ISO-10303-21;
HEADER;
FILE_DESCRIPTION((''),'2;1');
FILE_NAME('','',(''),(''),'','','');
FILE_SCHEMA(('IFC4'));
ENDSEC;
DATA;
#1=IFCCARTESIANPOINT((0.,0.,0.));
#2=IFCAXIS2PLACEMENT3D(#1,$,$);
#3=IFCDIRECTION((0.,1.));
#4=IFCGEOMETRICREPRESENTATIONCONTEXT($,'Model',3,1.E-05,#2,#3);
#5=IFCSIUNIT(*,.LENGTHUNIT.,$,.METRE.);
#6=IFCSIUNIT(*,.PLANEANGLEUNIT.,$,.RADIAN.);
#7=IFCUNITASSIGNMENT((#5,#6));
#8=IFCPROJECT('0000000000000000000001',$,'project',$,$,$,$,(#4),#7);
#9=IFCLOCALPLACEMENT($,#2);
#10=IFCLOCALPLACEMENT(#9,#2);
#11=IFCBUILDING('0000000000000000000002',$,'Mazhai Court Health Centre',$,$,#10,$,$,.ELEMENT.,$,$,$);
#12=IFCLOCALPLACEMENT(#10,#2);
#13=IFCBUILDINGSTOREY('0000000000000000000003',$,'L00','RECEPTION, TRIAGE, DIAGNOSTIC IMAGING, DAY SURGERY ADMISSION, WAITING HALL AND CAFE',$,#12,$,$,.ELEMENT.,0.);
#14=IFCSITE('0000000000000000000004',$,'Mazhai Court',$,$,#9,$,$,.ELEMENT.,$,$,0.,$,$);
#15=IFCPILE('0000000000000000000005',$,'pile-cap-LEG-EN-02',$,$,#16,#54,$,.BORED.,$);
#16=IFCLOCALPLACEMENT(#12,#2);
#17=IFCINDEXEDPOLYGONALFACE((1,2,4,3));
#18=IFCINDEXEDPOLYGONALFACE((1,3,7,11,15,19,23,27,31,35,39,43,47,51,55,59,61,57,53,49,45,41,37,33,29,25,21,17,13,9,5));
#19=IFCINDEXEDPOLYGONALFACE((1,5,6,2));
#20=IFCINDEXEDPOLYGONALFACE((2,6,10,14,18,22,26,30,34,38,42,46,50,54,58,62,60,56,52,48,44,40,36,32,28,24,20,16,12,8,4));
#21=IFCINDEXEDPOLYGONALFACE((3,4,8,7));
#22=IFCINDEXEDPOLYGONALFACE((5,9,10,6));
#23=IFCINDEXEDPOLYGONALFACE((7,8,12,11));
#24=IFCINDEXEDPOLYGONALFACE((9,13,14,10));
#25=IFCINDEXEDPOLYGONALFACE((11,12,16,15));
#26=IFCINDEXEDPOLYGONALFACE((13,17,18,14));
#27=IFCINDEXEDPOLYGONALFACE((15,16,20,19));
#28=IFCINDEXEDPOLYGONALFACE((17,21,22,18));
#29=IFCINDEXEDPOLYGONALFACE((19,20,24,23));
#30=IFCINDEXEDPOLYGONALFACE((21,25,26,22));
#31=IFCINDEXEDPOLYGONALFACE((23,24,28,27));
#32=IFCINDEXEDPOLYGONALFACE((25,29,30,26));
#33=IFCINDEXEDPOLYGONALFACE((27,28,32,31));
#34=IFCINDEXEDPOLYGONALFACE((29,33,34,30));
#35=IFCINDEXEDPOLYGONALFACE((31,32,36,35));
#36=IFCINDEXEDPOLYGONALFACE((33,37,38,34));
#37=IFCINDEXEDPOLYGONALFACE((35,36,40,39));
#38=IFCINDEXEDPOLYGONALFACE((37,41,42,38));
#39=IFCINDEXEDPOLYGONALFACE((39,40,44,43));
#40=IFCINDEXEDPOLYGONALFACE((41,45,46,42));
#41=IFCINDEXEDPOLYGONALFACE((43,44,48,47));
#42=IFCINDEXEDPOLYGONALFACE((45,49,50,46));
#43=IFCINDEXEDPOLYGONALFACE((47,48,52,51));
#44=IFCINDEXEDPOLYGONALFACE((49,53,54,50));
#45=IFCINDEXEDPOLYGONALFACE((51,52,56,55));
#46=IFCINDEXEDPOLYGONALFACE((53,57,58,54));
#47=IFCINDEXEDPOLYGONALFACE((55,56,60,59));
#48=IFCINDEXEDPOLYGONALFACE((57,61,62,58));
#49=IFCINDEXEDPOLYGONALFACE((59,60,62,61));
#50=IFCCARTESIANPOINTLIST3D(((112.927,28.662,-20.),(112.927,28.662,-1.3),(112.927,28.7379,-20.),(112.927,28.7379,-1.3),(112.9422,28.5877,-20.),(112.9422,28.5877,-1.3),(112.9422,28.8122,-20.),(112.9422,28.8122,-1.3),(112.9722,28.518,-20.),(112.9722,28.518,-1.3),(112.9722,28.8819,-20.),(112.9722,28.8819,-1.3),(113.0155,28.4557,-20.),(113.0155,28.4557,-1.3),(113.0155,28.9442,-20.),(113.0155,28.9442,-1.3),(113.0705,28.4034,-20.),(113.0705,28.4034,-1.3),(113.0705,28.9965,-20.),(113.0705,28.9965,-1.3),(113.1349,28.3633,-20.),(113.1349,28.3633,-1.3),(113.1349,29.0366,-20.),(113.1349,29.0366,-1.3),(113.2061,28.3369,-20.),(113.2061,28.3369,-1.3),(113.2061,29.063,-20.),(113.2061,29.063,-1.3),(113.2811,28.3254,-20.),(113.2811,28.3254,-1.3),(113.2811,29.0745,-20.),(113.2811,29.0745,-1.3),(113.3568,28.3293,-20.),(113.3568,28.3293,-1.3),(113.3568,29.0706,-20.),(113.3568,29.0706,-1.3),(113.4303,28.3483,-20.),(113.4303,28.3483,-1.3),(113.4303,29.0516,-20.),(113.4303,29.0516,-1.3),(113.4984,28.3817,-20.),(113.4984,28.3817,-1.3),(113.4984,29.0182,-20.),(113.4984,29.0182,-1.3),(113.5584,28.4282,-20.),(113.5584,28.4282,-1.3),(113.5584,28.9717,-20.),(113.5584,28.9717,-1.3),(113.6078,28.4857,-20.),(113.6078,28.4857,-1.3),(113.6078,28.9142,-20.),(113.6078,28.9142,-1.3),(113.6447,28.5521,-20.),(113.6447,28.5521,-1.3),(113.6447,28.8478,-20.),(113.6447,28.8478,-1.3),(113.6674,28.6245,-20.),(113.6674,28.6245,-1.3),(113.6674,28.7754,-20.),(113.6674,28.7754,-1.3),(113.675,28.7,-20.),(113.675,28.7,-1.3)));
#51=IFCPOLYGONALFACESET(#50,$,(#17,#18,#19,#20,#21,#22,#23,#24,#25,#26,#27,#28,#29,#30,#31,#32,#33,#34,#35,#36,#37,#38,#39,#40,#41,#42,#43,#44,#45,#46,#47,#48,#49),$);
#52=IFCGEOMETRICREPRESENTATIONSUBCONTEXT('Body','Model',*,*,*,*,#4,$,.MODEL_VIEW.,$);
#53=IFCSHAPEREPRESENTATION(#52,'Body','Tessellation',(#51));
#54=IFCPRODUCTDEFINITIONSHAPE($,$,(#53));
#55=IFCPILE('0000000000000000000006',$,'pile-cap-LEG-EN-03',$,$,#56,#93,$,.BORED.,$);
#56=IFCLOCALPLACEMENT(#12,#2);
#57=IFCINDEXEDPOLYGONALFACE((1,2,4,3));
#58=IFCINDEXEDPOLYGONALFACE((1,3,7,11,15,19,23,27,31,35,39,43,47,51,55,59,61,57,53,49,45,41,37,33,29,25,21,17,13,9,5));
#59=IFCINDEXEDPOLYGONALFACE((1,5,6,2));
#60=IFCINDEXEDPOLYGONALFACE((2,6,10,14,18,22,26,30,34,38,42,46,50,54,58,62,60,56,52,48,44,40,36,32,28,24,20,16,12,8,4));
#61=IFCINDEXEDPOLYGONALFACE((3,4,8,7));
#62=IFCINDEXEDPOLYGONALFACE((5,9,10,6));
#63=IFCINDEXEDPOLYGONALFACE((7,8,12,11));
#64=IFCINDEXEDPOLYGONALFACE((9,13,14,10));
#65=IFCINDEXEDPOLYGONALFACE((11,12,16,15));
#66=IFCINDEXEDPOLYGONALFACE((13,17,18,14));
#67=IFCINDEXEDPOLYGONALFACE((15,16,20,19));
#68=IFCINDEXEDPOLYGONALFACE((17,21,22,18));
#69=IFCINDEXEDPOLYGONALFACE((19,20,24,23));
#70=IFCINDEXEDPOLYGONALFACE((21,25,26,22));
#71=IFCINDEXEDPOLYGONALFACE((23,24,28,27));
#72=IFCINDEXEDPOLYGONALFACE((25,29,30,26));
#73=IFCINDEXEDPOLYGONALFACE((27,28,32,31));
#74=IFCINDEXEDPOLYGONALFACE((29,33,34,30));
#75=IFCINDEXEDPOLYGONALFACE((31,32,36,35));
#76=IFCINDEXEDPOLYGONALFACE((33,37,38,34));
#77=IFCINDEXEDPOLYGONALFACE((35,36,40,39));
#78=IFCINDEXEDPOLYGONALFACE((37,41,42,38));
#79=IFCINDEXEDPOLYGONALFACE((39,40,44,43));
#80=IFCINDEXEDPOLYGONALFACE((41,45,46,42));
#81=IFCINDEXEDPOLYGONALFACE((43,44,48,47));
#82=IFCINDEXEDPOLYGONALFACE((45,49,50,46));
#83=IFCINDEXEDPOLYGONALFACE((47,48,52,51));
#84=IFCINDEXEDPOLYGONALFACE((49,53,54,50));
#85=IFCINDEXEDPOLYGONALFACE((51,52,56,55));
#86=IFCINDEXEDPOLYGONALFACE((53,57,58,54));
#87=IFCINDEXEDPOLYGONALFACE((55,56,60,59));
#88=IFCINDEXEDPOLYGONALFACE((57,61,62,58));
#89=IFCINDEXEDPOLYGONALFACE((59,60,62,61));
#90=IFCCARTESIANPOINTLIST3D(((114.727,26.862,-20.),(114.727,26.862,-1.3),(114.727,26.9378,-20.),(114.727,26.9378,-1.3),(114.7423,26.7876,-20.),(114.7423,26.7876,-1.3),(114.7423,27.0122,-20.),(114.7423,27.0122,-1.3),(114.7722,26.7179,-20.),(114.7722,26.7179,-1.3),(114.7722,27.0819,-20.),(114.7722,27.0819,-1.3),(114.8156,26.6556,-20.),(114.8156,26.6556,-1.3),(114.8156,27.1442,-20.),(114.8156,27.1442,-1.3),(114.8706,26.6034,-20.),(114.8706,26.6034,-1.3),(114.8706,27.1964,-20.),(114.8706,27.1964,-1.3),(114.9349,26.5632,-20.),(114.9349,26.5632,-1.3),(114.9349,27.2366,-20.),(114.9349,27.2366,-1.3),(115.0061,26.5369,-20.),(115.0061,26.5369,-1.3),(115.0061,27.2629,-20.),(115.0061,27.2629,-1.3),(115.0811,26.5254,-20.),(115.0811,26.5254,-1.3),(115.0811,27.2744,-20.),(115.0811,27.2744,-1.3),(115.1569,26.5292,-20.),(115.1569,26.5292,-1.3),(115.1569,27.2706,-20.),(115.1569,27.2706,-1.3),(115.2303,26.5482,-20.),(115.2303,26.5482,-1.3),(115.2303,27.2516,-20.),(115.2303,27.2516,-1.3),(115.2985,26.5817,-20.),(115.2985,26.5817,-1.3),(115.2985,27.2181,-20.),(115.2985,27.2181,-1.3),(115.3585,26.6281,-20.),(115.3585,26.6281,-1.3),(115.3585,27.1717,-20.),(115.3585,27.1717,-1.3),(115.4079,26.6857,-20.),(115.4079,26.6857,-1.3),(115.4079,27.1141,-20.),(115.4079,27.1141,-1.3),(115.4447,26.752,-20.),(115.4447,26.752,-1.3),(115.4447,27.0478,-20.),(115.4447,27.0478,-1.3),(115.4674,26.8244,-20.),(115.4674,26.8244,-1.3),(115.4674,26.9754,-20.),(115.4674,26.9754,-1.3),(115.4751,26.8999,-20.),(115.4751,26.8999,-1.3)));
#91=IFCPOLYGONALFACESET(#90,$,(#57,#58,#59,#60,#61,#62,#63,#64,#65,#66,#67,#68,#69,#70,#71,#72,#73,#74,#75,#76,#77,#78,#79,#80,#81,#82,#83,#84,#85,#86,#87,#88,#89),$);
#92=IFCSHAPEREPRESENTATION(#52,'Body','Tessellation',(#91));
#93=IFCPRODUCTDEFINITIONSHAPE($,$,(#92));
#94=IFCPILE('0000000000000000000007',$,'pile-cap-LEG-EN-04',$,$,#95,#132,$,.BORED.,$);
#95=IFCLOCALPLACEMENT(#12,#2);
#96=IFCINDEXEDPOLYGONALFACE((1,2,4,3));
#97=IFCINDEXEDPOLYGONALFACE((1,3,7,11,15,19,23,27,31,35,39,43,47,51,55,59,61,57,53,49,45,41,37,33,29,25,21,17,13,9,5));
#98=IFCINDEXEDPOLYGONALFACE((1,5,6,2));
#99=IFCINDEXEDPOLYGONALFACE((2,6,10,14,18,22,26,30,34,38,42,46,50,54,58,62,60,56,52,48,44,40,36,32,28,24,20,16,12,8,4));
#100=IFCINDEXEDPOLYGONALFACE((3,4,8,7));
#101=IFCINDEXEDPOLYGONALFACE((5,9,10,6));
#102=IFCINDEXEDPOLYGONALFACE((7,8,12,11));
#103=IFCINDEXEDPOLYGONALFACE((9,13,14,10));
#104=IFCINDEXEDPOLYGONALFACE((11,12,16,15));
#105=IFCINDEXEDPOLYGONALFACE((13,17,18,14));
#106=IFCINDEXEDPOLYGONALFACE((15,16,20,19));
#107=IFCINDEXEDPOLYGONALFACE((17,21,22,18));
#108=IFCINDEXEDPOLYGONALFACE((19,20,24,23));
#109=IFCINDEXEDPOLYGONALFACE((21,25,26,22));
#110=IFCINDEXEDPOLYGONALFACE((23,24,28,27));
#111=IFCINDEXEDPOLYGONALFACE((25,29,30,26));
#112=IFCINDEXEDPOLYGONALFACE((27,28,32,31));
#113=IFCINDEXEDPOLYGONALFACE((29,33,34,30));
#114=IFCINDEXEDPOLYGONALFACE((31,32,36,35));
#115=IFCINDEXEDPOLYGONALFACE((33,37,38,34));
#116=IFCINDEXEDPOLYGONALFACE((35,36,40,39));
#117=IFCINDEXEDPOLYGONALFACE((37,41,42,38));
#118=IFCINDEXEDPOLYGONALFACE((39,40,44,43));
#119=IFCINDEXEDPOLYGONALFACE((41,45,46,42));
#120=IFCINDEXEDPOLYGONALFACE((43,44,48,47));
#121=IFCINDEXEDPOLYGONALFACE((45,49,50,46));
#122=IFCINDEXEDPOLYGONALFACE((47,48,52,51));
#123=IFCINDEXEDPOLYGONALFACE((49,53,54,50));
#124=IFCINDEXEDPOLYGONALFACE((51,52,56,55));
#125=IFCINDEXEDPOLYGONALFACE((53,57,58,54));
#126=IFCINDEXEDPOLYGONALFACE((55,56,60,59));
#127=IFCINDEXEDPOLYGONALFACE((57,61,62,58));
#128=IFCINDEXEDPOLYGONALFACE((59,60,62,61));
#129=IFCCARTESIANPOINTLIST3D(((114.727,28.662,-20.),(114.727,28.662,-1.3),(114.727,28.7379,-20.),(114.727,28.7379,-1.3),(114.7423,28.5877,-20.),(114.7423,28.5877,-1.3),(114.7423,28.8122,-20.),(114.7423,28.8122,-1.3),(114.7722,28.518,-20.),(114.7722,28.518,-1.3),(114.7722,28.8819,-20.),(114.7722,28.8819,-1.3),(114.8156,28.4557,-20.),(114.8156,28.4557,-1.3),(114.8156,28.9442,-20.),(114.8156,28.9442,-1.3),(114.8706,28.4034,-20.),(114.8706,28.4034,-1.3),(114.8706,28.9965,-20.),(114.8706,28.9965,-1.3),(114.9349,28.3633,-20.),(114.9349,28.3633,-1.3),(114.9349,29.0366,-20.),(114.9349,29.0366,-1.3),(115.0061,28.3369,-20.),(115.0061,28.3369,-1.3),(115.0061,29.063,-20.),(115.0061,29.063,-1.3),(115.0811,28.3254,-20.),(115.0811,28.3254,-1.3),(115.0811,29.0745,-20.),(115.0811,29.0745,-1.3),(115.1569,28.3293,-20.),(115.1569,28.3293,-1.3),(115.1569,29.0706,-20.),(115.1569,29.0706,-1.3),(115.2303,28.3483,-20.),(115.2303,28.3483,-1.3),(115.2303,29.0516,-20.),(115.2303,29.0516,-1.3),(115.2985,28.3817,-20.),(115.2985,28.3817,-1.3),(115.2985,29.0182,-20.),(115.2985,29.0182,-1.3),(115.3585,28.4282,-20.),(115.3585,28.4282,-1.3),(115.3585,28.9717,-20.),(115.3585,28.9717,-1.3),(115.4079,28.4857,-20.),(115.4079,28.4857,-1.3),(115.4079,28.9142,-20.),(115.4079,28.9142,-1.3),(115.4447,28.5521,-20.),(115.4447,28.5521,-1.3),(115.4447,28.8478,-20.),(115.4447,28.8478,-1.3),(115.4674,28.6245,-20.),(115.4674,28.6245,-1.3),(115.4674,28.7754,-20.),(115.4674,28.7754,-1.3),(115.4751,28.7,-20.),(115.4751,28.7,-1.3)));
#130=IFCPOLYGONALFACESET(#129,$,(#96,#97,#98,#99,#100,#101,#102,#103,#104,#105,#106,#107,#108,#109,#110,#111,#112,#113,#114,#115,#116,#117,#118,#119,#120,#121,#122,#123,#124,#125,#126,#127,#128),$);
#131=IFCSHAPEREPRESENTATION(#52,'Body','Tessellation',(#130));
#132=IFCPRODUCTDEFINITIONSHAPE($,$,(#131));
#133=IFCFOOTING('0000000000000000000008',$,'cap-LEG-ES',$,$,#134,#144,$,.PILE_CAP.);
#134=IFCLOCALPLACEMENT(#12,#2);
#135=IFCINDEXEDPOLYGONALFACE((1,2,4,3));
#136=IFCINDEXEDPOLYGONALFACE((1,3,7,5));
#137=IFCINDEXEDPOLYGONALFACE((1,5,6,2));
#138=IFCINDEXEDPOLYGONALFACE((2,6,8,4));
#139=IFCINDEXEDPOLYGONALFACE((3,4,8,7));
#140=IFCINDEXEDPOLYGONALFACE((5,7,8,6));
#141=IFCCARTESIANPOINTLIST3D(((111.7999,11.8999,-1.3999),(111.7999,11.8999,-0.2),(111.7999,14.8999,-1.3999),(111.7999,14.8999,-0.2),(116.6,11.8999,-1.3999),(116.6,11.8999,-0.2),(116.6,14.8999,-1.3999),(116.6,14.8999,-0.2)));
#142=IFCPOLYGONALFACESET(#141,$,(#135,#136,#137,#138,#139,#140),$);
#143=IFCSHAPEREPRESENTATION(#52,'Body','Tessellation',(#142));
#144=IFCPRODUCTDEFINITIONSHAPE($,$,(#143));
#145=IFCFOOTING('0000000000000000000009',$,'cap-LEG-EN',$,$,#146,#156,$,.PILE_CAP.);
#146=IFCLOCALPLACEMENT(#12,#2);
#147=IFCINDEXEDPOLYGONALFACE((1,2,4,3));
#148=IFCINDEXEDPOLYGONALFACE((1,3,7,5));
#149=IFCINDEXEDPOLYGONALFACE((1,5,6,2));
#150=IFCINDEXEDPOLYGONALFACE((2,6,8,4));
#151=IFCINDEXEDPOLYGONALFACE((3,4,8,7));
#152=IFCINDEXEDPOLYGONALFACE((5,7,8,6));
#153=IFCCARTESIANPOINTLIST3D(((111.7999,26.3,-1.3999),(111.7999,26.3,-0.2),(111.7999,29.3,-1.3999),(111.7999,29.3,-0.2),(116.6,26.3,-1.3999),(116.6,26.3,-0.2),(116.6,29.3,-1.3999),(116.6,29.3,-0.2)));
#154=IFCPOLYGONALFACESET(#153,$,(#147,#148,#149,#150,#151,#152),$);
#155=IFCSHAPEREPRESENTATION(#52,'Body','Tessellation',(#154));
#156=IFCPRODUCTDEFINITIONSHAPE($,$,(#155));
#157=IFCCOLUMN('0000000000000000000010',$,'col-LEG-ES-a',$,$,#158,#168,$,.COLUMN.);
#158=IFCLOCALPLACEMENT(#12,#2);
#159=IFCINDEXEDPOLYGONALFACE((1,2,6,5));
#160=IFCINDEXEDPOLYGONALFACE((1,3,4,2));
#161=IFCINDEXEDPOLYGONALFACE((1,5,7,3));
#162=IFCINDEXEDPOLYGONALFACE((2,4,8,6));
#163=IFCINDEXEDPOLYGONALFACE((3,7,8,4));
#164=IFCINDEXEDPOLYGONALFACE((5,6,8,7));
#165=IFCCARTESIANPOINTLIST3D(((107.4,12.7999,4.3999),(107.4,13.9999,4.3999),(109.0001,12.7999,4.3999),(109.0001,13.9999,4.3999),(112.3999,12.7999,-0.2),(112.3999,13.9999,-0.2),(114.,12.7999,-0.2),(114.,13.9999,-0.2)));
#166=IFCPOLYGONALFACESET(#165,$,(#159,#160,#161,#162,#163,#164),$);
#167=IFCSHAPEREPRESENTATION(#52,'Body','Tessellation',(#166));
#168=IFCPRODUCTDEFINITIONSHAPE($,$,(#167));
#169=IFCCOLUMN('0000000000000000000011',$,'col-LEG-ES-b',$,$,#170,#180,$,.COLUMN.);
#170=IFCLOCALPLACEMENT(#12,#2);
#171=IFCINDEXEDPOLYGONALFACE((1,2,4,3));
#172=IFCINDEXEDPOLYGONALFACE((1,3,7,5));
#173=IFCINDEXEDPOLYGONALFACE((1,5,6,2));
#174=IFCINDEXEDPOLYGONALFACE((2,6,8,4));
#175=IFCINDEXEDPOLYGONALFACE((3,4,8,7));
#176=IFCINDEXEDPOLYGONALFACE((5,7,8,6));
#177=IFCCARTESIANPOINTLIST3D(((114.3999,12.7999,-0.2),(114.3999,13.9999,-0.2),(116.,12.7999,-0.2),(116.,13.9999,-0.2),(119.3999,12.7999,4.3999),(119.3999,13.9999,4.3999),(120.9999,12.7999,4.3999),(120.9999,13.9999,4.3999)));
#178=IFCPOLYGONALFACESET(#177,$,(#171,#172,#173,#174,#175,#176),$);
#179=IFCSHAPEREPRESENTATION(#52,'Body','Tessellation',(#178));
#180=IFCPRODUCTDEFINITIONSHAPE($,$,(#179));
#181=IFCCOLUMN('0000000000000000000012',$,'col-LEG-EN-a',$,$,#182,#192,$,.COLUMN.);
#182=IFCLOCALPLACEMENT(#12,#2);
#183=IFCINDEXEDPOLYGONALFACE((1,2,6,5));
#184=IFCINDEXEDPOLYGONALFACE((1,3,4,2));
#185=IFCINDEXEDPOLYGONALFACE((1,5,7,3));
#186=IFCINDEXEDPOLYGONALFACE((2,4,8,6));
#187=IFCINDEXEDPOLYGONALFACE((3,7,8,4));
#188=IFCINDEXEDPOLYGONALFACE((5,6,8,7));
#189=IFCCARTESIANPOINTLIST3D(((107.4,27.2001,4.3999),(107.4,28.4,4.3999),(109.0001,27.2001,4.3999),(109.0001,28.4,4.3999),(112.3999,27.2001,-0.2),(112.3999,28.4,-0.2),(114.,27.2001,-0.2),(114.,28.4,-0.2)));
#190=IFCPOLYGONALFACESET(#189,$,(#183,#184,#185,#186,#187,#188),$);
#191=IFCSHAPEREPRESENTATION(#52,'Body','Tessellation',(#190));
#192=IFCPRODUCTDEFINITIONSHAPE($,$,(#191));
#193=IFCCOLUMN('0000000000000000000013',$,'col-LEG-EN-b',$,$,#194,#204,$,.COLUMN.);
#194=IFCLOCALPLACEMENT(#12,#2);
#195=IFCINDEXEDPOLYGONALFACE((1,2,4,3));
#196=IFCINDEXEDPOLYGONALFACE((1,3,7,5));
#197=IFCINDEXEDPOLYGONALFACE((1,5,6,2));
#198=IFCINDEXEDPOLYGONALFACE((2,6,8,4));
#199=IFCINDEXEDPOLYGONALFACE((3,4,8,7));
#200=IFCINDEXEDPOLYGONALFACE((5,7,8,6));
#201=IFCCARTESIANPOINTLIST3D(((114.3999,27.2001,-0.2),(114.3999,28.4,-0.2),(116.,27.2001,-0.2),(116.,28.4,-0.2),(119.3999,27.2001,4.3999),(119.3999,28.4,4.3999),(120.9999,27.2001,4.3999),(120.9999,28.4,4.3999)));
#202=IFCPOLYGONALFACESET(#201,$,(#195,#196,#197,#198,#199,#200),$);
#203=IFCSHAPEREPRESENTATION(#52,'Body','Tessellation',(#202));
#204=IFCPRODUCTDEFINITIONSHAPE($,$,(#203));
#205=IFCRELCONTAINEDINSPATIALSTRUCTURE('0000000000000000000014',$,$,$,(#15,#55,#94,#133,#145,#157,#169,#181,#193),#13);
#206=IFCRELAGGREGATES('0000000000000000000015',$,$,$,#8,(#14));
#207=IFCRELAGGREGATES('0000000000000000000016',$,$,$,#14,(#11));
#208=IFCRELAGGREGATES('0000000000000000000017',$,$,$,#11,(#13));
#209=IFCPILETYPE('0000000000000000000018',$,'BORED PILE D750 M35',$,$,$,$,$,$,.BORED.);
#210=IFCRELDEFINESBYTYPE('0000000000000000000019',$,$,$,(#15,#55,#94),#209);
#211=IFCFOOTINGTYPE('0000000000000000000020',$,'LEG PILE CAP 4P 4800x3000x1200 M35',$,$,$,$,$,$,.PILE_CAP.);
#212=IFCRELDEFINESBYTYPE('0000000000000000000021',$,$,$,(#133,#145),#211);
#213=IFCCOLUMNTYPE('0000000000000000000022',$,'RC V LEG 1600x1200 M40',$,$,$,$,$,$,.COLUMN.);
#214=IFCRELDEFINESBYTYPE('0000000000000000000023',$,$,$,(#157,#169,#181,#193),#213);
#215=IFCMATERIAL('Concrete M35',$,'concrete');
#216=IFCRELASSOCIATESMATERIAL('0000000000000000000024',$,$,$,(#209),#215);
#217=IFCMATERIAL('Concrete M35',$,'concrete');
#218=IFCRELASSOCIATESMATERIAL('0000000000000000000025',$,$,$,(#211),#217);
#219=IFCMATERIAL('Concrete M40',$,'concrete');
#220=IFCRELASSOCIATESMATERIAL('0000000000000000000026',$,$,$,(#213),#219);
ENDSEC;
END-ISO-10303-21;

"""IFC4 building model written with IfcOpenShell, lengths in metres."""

from ifc_helpers import new_model, si_unit, direction, frame, origin, origin_2d, place, context, subcontext, project, spatial, rectangle, circle, extrude, material, material_profile, profile_set, type_object, element, save


model = new_model("IFC4")

# Units and contexts
model_context = context("Model", 3, precision=1e-05, world=origin(), true_north=direction((0.0, 1.0)))
body_context = subcontext(model_context, "Body", "Model", "MODEL_VIEW")
ifc_project = project(units=[si_unit("LENGTHUNIT", "METRE"), si_unit("PLANEANGLEUNIT", "RADIAN")], contexts=[model_context])

# Site, building, storey
site_placement = place(None, origin())
site = spatial("IfcSite", under=ifc_project, at=site_placement, Name="Mazhai Court", CompositionType="ELEMENT", RefElevation=0.0)
building_placement = place(site_placement, origin())
building = spatial("IfcBuilding", under=site, at=building_placement, Name="Mazhai Court Health Centre", CompositionType="ELEMENT")
storey_placement = place(building_placement, origin())
storey = spatial("IfcBuildingStorey", under=building, at=storey_placement, Name="L00", Description="RECEPTION, TRIAGE, DIAGNOSTIC IMAGING, DAY SURGERY ADMISSION, WAITING HALL AND CAFE", CompositionType="ELEMENT", Elevation=0.0)

# Piles
ifc_material_1 = material(Name="Concrete M35", Category="concrete")
ifc_material_profile_1 = material_profile(ifc_material_1, circle(Radius=0.375, at=origin_2d()), Name="RC PILE D750")
ifc_profile_set_1 = profile_set([ifc_material_profile_1], Name="Concrete M35")
pile_type = type_object("IfcPileType", Name="BORED PILE D750 M35", PredefinedType="BORED", material=ifc_profile_set_1)
for number, where, z_axis, x_axis, name in (
    (1, (113.3, 28.7, -1.3), (0.0, 0.0, -1.0), (1.0, 0.0, 0.0), "pile-cap-LEG-EN-02"),
    (2, (115.1001, 26.8999, -1.3), (0.0, 0.0, -1.0), (1.0, 0.0, 0.0), "pile-cap-LEG-EN-03"),
    (3, (115.1001, 28.7, -1.3), (0.0, 0.0, -1.0), (1.0, 0.0, 0.0), "pile-cap-LEG-EN-04"),
):
    element("IfcPile", number, at=place(storey_placement, frame(where, z_axis=z_axis, x_axis=x_axis)), inside=storey, type_object=pile_type, Name=name, PredefinedType="BORED", context=body_context, shape_type="SweptSolid", body=[
        extrude(circle(Radius=0.375, at=origin_2d()), origin(), (0.0, 0.0, 1.0), 18.7),
    ])

# Footings
ifc_material_2 = material(Name="Concrete M35", Category="concrete")
footing_type = type_object("IfcFootingType", Name="LEG PILE CAP 4P 4800x3000x1200 M35", PredefinedType="PILE_CAP", material=ifc_material_2)
for number, where, z_axis, x_axis, name in (
    (4, (114.2, 13.3999, -1.3999), (0.0, 0.0, 1.0), (1.0, 0.0, 0.0), "cap-LEG-ES"),
    (5, (114.2, 27.8, -1.3999), (0.0, 0.0, 1.0), (1.0, 0.0, 0.0), "cap-LEG-EN"),
):
    element("IfcFooting", number, at=place(storey_placement, frame(where, z_axis=z_axis, x_axis=x_axis)), inside=storey, type_object=footing_type, Name=name, PredefinedType="PILE_CAP", context=body_context, shape_type="SweptSolid", body=[
        extrude(rectangle(XDim=4.8, YDim=3.0, at=origin_2d()), origin(), (0.0, 0.0, 1.0), 1.2),
    ])

# Columns
ifc_material_3 = material(Name="Concrete M40", Category="concrete")
ifc_material_profile_2 = material_profile(ifc_material_3, rectangle(XDim=1.6001, YDim=1.2, at=origin_2d()), Name="RC 1600x1200")
ifc_profile_set_2 = profile_set([ifc_material_profile_2], Name="Concrete M40")
column_type = type_object("IfcColumnType", Name="RC V LEG 1600x1200 M40", PredefinedType="COLUMN", material=ifc_profile_set_2)
column_1_placement = place(storey_placement, frame((113.2, 13.3999, -0.2), z_axis=(0.0, 0.0, 1.0), x_axis=(1.0, 0.0, 0.0)))
element("IfcColumn", 6, at=column_1_placement, inside=storey, type_object=column_type, Name="col-LEG-ES-a", PredefinedType="COLUMN", context=body_context, shape_type="SweptSolid", body=[
    extrude(rectangle(XDim=1.6001, YDim=1.2, at=origin_2d()), origin(), (-0.735942, 0.0, 0.677045), 6.7939),
])
column_2_placement = place(storey_placement, frame((115.2, 13.3999, -0.2), z_axis=(0.0, 0.0, 1.0), x_axis=(1.0, 0.0, 0.0)))
element("IfcColumn", 7, at=column_2_placement, inside=storey, type_object=column_type, Name="col-LEG-ES-b", PredefinedType="COLUMN", context=body_context, shape_type="SweptSolid", body=[
    extrude(rectangle(XDim=1.6001, YDim=1.2, at=origin_2d()), origin(), (0.735942, 0.0, 0.677045), 6.7939),
])
column_3_placement = place(storey_placement, frame((113.2, 27.8, -0.2), z_axis=(0.0, 0.0, 1.0), x_axis=(1.0, 0.0, 0.0)))
element("IfcColumn", 8, at=column_3_placement, inside=storey, type_object=column_type, Name="col-LEG-EN-a", PredefinedType="COLUMN", context=body_context, shape_type="SweptSolid", body=[
    extrude(rectangle(XDim=1.6001, YDim=1.2, at=origin_2d()), origin(), (-0.735942, 0.0, 0.677045), 6.7939),
])
column_4_placement = place(storey_placement, frame((115.2, 27.8, -0.2), z_axis=(0.0, 0.0, 1.0), x_axis=(1.0, 0.0, 0.0)))
element("IfcColumn", 9, at=column_4_placement, inside=storey, type_object=column_type, Name="col-LEG-EN-b", PredefinedType="COLUMN", context=body_context, shape_type="SweptSolid", body=[
    extrude(rectangle(XDim=1.6001, YDim=1.2, at=origin_2d()), origin(), (0.735942, 0.0, 0.677045), 6.7939),
])

save(model, "model.ifc")
